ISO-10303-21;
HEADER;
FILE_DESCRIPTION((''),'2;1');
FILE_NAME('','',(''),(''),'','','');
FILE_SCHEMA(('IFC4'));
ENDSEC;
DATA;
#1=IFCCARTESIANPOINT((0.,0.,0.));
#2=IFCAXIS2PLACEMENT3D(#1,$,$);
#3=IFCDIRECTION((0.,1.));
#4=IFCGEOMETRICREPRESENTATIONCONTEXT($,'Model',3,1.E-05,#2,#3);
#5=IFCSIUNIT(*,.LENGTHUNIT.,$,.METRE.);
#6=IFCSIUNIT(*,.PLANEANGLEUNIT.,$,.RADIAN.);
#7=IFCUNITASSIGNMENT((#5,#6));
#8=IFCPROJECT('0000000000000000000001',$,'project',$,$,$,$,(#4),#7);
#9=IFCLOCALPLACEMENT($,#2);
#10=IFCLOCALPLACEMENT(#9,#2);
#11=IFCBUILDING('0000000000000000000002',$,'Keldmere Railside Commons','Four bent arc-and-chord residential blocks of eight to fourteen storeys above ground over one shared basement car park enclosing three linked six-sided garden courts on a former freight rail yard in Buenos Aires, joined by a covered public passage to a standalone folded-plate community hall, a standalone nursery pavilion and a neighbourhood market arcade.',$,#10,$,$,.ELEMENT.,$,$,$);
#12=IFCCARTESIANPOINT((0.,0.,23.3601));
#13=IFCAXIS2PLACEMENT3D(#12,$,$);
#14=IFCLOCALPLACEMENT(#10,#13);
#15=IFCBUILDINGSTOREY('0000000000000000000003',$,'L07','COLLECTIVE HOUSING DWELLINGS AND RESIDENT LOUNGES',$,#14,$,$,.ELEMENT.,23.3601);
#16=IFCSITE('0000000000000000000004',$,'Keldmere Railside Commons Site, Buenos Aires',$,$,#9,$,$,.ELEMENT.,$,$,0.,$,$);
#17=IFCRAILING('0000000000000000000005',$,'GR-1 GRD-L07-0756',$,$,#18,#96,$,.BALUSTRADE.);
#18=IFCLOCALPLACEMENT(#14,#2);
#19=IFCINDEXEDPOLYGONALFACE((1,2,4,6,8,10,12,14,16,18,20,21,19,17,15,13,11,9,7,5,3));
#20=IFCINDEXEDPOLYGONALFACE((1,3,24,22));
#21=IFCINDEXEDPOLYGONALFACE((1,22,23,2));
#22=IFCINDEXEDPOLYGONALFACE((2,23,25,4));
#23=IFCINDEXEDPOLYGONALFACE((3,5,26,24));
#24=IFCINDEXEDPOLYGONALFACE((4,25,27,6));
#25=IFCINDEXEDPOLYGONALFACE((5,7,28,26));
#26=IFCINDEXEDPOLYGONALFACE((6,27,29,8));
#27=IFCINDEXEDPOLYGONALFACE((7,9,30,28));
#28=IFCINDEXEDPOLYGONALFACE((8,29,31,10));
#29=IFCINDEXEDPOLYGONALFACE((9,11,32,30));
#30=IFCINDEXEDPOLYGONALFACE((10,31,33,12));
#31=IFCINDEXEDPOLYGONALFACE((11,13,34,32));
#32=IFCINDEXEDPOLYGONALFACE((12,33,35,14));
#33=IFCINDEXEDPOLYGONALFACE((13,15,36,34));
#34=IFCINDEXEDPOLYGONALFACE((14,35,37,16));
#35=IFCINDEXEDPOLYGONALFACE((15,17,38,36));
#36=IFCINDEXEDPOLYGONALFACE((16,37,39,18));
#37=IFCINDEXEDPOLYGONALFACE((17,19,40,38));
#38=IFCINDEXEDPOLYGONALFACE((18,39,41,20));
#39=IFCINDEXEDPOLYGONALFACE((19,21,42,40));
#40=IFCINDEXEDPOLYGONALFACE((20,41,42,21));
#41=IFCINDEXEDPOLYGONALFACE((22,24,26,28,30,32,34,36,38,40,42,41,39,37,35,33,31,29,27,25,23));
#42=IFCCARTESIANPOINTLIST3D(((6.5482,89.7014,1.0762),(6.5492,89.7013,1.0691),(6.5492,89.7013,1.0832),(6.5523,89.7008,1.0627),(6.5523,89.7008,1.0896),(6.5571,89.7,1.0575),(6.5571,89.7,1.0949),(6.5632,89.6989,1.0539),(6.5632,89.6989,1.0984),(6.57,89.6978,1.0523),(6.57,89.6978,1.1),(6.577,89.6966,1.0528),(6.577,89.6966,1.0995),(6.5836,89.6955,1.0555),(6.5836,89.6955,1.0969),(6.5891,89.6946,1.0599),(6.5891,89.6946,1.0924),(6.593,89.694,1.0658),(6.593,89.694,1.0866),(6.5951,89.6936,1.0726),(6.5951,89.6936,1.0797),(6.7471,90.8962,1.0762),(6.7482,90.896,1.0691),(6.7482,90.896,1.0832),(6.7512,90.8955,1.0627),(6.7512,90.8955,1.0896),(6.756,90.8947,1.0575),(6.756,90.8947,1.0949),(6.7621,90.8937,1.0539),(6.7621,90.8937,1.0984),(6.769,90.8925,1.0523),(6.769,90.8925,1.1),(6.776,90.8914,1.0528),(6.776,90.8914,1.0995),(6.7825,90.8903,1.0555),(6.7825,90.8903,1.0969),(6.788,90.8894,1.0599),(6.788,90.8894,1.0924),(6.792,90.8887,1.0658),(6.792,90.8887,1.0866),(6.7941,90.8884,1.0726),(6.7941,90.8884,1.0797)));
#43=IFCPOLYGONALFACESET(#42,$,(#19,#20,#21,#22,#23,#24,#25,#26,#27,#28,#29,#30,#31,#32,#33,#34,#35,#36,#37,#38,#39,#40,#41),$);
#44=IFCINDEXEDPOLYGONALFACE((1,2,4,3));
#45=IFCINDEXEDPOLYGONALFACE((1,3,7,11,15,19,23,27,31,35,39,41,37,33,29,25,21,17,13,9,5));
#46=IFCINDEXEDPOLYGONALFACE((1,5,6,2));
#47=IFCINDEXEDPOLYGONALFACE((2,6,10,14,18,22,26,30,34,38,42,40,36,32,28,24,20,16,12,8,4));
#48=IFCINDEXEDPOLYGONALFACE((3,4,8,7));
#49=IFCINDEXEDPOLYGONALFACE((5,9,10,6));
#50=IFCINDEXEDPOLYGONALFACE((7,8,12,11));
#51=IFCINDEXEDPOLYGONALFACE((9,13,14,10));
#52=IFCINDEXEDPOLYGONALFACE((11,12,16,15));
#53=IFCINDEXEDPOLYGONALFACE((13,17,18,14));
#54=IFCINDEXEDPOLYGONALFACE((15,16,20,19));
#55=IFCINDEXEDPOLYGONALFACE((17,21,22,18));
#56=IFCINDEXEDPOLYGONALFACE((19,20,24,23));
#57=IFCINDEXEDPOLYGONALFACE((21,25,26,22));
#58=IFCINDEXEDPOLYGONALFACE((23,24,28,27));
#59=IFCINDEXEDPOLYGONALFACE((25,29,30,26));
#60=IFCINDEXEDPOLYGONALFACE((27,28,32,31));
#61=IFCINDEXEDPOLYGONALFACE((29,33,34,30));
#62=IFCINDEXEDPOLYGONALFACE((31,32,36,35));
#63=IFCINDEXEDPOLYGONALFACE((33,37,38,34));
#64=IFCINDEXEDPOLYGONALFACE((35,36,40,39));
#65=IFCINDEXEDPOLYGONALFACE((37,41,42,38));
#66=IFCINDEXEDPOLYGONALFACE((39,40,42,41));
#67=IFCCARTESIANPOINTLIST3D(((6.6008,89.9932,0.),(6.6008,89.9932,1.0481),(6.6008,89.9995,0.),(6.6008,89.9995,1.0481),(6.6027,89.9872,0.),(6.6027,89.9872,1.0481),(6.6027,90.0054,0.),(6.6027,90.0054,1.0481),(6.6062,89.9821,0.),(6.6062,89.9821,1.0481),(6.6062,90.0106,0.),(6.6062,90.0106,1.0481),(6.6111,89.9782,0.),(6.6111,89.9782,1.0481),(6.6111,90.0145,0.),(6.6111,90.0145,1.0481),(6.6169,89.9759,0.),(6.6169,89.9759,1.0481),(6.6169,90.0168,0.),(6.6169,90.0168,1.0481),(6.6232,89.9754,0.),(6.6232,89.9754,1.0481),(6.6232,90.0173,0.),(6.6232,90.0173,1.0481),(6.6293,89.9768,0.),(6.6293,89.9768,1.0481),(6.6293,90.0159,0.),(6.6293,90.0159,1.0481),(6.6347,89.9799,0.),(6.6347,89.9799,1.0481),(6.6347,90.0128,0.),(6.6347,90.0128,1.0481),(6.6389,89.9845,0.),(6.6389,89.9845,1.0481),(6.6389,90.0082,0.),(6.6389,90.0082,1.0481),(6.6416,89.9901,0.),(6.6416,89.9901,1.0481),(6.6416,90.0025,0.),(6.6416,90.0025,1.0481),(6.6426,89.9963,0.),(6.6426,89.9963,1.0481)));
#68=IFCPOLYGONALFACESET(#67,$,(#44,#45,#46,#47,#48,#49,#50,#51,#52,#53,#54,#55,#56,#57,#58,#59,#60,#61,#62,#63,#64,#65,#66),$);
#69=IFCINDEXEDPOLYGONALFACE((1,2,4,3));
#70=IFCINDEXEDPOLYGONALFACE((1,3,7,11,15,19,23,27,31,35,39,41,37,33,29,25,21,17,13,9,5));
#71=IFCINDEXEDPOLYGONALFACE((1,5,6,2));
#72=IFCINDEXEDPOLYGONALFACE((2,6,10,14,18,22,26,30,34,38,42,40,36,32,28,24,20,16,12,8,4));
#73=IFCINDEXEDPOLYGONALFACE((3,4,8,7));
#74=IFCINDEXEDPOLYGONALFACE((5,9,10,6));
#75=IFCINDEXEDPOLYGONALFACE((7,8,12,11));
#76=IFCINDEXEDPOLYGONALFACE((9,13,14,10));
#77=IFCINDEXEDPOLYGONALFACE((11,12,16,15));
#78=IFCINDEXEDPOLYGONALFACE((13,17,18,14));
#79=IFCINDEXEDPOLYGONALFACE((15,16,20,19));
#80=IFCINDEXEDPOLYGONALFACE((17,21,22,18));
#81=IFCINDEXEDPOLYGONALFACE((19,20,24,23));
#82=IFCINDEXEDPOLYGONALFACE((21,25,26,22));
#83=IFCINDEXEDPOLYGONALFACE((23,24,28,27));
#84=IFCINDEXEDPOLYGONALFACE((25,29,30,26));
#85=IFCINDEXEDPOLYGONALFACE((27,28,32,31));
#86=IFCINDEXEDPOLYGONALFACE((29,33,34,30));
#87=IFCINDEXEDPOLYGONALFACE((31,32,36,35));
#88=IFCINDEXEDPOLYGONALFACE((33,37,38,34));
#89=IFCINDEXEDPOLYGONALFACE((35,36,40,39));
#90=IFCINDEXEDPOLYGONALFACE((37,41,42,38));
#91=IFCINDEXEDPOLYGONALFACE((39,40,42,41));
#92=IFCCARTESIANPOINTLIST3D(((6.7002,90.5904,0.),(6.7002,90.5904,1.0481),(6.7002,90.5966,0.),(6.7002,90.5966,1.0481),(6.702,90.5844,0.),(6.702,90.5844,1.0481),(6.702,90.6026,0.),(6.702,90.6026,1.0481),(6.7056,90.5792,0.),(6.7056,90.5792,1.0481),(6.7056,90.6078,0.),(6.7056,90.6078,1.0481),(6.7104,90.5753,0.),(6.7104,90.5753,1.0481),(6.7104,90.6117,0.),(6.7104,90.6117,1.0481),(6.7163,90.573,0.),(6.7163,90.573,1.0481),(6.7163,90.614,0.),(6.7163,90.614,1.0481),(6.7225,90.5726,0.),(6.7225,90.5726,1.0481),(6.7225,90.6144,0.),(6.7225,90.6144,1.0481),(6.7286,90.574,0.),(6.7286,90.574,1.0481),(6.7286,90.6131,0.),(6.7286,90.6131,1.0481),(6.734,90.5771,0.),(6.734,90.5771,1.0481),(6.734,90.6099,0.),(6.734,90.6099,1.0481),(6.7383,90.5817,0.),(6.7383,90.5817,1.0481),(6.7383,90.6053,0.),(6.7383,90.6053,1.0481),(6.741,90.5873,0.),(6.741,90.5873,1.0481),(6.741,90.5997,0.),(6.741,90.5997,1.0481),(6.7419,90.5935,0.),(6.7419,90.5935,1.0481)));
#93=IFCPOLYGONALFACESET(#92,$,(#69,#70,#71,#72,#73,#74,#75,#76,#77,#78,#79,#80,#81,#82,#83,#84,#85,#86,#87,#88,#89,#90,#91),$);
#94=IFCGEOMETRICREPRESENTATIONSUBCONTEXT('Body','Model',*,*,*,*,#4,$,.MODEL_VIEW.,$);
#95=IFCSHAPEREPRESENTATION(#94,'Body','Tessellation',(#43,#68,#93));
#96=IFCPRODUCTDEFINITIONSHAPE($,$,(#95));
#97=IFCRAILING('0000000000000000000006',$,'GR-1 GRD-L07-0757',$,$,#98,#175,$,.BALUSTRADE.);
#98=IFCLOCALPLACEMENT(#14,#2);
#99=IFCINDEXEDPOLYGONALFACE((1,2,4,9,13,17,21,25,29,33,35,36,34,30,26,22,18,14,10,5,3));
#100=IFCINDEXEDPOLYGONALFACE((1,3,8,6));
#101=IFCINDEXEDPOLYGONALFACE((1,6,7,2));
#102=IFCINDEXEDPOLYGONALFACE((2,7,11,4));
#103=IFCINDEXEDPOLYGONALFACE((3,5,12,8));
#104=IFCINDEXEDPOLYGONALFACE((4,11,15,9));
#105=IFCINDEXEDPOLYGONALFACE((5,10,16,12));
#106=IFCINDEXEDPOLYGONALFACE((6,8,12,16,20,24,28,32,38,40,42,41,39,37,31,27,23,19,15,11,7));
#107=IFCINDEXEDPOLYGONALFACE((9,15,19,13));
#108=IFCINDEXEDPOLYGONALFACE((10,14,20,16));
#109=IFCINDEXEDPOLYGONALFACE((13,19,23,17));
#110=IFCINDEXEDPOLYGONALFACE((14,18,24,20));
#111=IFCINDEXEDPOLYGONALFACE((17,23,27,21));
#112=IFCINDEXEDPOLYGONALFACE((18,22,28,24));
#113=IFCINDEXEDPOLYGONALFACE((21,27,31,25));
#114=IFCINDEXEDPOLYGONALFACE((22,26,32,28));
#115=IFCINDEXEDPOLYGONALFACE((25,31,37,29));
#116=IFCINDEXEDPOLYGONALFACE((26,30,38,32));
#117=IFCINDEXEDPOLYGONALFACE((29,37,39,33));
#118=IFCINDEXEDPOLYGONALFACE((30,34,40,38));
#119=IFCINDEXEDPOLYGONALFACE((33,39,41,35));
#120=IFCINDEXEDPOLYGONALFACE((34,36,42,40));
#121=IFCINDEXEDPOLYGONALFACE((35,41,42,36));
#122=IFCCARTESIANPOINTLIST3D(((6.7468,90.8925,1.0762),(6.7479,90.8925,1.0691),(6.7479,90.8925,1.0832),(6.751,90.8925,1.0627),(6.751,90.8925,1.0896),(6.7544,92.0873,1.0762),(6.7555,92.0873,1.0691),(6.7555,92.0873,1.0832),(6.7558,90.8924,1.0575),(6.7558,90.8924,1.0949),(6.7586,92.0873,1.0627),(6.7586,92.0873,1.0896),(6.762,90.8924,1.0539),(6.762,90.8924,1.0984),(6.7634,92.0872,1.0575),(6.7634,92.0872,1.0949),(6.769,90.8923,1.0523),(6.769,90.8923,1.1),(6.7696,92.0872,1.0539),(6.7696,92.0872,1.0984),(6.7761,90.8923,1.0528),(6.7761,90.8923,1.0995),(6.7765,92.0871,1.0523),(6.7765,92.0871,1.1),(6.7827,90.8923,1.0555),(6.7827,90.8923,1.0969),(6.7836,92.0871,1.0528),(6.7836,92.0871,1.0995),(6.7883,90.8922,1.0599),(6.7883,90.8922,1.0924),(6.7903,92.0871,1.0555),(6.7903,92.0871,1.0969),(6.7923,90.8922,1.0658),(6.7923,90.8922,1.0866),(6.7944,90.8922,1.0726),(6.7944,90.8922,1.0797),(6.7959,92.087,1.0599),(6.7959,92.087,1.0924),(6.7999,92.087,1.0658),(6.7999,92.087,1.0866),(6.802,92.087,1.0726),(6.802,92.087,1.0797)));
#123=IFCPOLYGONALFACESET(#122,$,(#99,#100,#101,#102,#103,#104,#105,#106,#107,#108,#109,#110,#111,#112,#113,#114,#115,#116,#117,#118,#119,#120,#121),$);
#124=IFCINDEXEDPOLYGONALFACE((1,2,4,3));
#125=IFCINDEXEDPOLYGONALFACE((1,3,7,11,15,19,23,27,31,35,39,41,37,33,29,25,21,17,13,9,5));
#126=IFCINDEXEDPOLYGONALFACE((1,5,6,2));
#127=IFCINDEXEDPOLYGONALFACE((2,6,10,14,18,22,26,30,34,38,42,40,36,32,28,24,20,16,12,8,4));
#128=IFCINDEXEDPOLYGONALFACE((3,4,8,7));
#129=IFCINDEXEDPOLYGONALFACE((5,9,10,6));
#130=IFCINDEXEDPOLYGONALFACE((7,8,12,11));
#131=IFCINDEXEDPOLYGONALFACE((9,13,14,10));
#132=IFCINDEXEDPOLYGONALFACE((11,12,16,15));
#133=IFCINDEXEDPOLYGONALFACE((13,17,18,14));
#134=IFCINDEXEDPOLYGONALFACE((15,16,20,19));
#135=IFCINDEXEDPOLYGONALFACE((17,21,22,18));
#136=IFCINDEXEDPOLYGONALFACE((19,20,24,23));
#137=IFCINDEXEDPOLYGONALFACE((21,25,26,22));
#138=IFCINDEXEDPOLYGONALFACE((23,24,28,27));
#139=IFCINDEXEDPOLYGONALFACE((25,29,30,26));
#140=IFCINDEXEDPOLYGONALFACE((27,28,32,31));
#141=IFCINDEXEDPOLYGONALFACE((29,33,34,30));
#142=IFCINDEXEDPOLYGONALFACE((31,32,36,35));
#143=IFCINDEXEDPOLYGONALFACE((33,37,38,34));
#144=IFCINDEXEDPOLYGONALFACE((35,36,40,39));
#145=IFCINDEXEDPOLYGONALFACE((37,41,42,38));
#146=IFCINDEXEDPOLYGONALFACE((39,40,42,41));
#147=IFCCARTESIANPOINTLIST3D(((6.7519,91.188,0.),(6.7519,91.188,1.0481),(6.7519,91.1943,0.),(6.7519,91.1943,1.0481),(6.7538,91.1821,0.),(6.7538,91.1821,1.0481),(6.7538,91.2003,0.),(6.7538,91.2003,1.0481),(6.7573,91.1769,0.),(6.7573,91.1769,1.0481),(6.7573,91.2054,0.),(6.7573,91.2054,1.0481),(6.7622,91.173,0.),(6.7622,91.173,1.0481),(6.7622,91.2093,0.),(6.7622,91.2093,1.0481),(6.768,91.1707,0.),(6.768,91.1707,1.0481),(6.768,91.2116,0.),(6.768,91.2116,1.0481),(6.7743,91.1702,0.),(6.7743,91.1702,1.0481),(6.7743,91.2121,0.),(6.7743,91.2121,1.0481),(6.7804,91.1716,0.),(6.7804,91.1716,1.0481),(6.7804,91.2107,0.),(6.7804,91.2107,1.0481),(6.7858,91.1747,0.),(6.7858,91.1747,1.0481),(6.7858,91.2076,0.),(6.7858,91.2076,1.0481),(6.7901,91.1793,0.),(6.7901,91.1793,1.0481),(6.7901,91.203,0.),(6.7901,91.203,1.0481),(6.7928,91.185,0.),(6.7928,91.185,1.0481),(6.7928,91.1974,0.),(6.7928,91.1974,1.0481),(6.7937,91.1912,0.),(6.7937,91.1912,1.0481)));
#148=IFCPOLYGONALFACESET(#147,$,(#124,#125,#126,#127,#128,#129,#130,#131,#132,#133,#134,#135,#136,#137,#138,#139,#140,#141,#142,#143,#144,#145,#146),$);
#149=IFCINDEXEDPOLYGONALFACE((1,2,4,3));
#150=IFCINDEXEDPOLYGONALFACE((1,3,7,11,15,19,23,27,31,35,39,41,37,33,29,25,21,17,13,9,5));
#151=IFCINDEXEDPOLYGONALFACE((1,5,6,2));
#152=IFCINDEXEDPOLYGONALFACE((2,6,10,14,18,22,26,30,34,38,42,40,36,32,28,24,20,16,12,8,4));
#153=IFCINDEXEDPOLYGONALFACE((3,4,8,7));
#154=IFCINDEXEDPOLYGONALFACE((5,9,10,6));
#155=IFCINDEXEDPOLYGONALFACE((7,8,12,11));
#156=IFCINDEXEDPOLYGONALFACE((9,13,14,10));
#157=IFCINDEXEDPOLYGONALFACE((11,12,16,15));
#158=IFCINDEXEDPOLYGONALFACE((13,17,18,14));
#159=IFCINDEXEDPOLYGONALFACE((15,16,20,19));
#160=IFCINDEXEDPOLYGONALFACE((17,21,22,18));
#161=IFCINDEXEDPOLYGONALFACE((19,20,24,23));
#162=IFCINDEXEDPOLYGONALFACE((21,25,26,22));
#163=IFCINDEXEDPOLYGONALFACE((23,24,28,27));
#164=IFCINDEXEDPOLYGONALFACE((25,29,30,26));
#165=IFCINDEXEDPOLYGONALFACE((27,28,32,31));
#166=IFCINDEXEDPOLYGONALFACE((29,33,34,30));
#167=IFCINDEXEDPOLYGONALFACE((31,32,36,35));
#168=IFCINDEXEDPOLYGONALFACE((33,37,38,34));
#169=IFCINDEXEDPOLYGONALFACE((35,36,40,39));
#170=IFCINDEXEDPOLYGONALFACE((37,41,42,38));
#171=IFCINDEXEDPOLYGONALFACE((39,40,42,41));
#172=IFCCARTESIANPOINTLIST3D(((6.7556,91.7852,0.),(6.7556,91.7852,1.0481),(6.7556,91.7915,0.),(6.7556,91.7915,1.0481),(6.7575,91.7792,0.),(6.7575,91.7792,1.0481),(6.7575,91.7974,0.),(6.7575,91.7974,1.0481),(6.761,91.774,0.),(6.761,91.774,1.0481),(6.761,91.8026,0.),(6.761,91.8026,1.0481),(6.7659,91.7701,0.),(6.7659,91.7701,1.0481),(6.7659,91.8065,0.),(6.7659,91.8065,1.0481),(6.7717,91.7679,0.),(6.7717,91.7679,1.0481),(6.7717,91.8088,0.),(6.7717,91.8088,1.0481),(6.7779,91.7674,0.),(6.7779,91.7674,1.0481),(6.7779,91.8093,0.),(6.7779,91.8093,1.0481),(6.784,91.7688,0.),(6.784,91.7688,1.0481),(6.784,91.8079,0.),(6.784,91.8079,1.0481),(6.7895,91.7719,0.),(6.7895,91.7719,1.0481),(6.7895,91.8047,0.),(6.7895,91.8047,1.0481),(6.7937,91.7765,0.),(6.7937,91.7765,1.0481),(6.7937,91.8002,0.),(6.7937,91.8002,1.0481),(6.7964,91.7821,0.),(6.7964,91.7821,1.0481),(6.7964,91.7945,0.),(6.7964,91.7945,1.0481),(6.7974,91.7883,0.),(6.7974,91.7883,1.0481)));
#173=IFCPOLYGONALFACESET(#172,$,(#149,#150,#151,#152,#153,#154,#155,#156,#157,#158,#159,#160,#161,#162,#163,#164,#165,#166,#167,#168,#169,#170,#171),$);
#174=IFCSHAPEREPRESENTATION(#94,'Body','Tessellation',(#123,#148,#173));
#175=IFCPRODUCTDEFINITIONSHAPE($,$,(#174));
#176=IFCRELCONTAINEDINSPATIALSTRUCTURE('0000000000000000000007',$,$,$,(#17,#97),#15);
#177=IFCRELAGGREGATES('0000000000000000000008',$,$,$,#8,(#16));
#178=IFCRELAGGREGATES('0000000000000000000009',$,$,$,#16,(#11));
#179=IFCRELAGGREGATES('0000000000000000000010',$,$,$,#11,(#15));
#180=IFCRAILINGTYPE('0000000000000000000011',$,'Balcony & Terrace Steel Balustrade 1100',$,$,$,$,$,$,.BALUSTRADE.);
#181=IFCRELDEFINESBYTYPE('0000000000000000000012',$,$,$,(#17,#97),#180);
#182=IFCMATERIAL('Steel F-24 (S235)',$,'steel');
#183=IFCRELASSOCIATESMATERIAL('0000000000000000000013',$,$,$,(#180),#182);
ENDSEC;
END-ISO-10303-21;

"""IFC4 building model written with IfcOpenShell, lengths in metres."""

from ifc_helpers import new_model, si_unit, direction, frame, origin, origin_2d, place, context, subcontext, project, spatial, circle, extrude, material, type_object, element, save


model = new_model("IFC4")

# Units and contexts
model_context = context("Model", 3, precision=1e-05, world=origin(), true_north=direction((0.0, 1.0)))
body_context = subcontext(model_context, "Body", "Model", "MODEL_VIEW")
ifc_project = project(units=[si_unit("LENGTHUNIT", "METRE"), si_unit("PLANEANGLEUNIT", "RADIAN")], contexts=[model_context])

# Site, building, storey
site_placement = place(None, origin())
site = spatial("IfcSite", under=ifc_project, at=site_placement, Name="Keldmere Railside Commons Site, Buenos Aires", CompositionType="ELEMENT", RefElevation=0.0)
building_placement = place(site_placement, origin())
building = spatial("IfcBuilding", under=site, at=building_placement, Name="Keldmere Railside Commons", Description="Four bent arc-and-chord residential blocks of eight to fourteen storeys above ground over one shared basement car park enclosing three linked six-sided garden courts on a former freight rail yard in Buenos Aires, joined by a covered public passage to a standalone folded-plate community hall, a standalone nursery pavilion and a neighbourhood market arcade.", CompositionType="ELEMENT")
storey_placement = place(building_placement, frame((0.0, 0.0, 23.3601)))
storey = spatial("IfcBuildingStorey", under=building, at=storey_placement, Name="L07", Description="COLLECTIVE HOUSING DWELLINGS AND RESIDENT LOUNGES", CompositionType="ELEMENT", Elevation=23.3601)

# Railings
ifc_material_1 = material(Name="Steel F-24 (S235)", Category="steel")
railing_type = type_object("IfcRailingType", Name="Balcony & Terrace Steel Balustrade 1100", PredefinedType="BALUSTRADE", material=ifc_material_1)
railing_1_placement = place(storey_placement, frame((6.5718, 89.6975, 0.0)))
element("IfcRailing", 1, at=railing_1_placement, inside=storey, type_object=railing_type, Name="GR-1 GRD-L07-0756", PredefinedType="BALUSTRADE", context=body_context, shape_type="SweptSolid", body=[
    extrude(circle(Radius=0.0239, at=origin_2d()), frame((0.0, 0.0, 1.0762), z_axis=(0.164268, 0.986416, 0.0), x_axis=(-0.986416, 0.164268, 0.0)), (0.0, 0.0, 1.0), 1.2112),
    extrude(circle(Radius=0.021, at=origin_2d()), frame((0.0498, 0.2988, 0.0)), (0.0, 0.0, 1.0), 1.0481),
    extrude(circle(Radius=0.021, at=origin_2d()), frame((0.1492, 0.896, 0.0)), (0.0, 0.0, 1.0), 1.0481),
])
railing_2_placement = place(storey_placement, frame((6.7708, 90.8923, 0.0)))
element("IfcRailing", 2, at=railing_2_placement, inside=storey, type_object=railing_type, Name="GR-1 GRD-L07-0757", PredefinedType="BALUSTRADE", context=body_context, shape_type="SweptSolid", body=[
    extrude(circle(Radius=0.0239, at=origin_2d()), frame((0.0, 0.0, 1.0762), z_axis=(0.006334, 0.99998, 0.0), x_axis=(-0.99998, 0.006334, 0.0)), (0.0, 0.0, 1.0), 1.1948),
    extrude(circle(Radius=0.021, at=origin_2d()), frame((0.002, 0.2988, 0.0)), (0.0, 0.0, 1.0), 1.0481),
    extrude(circle(Radius=0.021, at=origin_2d()), frame((0.0056, 0.896, 0.0)), (0.0, 0.0, 1.0), 1.0481),
])

save(model, "model.ifc")
